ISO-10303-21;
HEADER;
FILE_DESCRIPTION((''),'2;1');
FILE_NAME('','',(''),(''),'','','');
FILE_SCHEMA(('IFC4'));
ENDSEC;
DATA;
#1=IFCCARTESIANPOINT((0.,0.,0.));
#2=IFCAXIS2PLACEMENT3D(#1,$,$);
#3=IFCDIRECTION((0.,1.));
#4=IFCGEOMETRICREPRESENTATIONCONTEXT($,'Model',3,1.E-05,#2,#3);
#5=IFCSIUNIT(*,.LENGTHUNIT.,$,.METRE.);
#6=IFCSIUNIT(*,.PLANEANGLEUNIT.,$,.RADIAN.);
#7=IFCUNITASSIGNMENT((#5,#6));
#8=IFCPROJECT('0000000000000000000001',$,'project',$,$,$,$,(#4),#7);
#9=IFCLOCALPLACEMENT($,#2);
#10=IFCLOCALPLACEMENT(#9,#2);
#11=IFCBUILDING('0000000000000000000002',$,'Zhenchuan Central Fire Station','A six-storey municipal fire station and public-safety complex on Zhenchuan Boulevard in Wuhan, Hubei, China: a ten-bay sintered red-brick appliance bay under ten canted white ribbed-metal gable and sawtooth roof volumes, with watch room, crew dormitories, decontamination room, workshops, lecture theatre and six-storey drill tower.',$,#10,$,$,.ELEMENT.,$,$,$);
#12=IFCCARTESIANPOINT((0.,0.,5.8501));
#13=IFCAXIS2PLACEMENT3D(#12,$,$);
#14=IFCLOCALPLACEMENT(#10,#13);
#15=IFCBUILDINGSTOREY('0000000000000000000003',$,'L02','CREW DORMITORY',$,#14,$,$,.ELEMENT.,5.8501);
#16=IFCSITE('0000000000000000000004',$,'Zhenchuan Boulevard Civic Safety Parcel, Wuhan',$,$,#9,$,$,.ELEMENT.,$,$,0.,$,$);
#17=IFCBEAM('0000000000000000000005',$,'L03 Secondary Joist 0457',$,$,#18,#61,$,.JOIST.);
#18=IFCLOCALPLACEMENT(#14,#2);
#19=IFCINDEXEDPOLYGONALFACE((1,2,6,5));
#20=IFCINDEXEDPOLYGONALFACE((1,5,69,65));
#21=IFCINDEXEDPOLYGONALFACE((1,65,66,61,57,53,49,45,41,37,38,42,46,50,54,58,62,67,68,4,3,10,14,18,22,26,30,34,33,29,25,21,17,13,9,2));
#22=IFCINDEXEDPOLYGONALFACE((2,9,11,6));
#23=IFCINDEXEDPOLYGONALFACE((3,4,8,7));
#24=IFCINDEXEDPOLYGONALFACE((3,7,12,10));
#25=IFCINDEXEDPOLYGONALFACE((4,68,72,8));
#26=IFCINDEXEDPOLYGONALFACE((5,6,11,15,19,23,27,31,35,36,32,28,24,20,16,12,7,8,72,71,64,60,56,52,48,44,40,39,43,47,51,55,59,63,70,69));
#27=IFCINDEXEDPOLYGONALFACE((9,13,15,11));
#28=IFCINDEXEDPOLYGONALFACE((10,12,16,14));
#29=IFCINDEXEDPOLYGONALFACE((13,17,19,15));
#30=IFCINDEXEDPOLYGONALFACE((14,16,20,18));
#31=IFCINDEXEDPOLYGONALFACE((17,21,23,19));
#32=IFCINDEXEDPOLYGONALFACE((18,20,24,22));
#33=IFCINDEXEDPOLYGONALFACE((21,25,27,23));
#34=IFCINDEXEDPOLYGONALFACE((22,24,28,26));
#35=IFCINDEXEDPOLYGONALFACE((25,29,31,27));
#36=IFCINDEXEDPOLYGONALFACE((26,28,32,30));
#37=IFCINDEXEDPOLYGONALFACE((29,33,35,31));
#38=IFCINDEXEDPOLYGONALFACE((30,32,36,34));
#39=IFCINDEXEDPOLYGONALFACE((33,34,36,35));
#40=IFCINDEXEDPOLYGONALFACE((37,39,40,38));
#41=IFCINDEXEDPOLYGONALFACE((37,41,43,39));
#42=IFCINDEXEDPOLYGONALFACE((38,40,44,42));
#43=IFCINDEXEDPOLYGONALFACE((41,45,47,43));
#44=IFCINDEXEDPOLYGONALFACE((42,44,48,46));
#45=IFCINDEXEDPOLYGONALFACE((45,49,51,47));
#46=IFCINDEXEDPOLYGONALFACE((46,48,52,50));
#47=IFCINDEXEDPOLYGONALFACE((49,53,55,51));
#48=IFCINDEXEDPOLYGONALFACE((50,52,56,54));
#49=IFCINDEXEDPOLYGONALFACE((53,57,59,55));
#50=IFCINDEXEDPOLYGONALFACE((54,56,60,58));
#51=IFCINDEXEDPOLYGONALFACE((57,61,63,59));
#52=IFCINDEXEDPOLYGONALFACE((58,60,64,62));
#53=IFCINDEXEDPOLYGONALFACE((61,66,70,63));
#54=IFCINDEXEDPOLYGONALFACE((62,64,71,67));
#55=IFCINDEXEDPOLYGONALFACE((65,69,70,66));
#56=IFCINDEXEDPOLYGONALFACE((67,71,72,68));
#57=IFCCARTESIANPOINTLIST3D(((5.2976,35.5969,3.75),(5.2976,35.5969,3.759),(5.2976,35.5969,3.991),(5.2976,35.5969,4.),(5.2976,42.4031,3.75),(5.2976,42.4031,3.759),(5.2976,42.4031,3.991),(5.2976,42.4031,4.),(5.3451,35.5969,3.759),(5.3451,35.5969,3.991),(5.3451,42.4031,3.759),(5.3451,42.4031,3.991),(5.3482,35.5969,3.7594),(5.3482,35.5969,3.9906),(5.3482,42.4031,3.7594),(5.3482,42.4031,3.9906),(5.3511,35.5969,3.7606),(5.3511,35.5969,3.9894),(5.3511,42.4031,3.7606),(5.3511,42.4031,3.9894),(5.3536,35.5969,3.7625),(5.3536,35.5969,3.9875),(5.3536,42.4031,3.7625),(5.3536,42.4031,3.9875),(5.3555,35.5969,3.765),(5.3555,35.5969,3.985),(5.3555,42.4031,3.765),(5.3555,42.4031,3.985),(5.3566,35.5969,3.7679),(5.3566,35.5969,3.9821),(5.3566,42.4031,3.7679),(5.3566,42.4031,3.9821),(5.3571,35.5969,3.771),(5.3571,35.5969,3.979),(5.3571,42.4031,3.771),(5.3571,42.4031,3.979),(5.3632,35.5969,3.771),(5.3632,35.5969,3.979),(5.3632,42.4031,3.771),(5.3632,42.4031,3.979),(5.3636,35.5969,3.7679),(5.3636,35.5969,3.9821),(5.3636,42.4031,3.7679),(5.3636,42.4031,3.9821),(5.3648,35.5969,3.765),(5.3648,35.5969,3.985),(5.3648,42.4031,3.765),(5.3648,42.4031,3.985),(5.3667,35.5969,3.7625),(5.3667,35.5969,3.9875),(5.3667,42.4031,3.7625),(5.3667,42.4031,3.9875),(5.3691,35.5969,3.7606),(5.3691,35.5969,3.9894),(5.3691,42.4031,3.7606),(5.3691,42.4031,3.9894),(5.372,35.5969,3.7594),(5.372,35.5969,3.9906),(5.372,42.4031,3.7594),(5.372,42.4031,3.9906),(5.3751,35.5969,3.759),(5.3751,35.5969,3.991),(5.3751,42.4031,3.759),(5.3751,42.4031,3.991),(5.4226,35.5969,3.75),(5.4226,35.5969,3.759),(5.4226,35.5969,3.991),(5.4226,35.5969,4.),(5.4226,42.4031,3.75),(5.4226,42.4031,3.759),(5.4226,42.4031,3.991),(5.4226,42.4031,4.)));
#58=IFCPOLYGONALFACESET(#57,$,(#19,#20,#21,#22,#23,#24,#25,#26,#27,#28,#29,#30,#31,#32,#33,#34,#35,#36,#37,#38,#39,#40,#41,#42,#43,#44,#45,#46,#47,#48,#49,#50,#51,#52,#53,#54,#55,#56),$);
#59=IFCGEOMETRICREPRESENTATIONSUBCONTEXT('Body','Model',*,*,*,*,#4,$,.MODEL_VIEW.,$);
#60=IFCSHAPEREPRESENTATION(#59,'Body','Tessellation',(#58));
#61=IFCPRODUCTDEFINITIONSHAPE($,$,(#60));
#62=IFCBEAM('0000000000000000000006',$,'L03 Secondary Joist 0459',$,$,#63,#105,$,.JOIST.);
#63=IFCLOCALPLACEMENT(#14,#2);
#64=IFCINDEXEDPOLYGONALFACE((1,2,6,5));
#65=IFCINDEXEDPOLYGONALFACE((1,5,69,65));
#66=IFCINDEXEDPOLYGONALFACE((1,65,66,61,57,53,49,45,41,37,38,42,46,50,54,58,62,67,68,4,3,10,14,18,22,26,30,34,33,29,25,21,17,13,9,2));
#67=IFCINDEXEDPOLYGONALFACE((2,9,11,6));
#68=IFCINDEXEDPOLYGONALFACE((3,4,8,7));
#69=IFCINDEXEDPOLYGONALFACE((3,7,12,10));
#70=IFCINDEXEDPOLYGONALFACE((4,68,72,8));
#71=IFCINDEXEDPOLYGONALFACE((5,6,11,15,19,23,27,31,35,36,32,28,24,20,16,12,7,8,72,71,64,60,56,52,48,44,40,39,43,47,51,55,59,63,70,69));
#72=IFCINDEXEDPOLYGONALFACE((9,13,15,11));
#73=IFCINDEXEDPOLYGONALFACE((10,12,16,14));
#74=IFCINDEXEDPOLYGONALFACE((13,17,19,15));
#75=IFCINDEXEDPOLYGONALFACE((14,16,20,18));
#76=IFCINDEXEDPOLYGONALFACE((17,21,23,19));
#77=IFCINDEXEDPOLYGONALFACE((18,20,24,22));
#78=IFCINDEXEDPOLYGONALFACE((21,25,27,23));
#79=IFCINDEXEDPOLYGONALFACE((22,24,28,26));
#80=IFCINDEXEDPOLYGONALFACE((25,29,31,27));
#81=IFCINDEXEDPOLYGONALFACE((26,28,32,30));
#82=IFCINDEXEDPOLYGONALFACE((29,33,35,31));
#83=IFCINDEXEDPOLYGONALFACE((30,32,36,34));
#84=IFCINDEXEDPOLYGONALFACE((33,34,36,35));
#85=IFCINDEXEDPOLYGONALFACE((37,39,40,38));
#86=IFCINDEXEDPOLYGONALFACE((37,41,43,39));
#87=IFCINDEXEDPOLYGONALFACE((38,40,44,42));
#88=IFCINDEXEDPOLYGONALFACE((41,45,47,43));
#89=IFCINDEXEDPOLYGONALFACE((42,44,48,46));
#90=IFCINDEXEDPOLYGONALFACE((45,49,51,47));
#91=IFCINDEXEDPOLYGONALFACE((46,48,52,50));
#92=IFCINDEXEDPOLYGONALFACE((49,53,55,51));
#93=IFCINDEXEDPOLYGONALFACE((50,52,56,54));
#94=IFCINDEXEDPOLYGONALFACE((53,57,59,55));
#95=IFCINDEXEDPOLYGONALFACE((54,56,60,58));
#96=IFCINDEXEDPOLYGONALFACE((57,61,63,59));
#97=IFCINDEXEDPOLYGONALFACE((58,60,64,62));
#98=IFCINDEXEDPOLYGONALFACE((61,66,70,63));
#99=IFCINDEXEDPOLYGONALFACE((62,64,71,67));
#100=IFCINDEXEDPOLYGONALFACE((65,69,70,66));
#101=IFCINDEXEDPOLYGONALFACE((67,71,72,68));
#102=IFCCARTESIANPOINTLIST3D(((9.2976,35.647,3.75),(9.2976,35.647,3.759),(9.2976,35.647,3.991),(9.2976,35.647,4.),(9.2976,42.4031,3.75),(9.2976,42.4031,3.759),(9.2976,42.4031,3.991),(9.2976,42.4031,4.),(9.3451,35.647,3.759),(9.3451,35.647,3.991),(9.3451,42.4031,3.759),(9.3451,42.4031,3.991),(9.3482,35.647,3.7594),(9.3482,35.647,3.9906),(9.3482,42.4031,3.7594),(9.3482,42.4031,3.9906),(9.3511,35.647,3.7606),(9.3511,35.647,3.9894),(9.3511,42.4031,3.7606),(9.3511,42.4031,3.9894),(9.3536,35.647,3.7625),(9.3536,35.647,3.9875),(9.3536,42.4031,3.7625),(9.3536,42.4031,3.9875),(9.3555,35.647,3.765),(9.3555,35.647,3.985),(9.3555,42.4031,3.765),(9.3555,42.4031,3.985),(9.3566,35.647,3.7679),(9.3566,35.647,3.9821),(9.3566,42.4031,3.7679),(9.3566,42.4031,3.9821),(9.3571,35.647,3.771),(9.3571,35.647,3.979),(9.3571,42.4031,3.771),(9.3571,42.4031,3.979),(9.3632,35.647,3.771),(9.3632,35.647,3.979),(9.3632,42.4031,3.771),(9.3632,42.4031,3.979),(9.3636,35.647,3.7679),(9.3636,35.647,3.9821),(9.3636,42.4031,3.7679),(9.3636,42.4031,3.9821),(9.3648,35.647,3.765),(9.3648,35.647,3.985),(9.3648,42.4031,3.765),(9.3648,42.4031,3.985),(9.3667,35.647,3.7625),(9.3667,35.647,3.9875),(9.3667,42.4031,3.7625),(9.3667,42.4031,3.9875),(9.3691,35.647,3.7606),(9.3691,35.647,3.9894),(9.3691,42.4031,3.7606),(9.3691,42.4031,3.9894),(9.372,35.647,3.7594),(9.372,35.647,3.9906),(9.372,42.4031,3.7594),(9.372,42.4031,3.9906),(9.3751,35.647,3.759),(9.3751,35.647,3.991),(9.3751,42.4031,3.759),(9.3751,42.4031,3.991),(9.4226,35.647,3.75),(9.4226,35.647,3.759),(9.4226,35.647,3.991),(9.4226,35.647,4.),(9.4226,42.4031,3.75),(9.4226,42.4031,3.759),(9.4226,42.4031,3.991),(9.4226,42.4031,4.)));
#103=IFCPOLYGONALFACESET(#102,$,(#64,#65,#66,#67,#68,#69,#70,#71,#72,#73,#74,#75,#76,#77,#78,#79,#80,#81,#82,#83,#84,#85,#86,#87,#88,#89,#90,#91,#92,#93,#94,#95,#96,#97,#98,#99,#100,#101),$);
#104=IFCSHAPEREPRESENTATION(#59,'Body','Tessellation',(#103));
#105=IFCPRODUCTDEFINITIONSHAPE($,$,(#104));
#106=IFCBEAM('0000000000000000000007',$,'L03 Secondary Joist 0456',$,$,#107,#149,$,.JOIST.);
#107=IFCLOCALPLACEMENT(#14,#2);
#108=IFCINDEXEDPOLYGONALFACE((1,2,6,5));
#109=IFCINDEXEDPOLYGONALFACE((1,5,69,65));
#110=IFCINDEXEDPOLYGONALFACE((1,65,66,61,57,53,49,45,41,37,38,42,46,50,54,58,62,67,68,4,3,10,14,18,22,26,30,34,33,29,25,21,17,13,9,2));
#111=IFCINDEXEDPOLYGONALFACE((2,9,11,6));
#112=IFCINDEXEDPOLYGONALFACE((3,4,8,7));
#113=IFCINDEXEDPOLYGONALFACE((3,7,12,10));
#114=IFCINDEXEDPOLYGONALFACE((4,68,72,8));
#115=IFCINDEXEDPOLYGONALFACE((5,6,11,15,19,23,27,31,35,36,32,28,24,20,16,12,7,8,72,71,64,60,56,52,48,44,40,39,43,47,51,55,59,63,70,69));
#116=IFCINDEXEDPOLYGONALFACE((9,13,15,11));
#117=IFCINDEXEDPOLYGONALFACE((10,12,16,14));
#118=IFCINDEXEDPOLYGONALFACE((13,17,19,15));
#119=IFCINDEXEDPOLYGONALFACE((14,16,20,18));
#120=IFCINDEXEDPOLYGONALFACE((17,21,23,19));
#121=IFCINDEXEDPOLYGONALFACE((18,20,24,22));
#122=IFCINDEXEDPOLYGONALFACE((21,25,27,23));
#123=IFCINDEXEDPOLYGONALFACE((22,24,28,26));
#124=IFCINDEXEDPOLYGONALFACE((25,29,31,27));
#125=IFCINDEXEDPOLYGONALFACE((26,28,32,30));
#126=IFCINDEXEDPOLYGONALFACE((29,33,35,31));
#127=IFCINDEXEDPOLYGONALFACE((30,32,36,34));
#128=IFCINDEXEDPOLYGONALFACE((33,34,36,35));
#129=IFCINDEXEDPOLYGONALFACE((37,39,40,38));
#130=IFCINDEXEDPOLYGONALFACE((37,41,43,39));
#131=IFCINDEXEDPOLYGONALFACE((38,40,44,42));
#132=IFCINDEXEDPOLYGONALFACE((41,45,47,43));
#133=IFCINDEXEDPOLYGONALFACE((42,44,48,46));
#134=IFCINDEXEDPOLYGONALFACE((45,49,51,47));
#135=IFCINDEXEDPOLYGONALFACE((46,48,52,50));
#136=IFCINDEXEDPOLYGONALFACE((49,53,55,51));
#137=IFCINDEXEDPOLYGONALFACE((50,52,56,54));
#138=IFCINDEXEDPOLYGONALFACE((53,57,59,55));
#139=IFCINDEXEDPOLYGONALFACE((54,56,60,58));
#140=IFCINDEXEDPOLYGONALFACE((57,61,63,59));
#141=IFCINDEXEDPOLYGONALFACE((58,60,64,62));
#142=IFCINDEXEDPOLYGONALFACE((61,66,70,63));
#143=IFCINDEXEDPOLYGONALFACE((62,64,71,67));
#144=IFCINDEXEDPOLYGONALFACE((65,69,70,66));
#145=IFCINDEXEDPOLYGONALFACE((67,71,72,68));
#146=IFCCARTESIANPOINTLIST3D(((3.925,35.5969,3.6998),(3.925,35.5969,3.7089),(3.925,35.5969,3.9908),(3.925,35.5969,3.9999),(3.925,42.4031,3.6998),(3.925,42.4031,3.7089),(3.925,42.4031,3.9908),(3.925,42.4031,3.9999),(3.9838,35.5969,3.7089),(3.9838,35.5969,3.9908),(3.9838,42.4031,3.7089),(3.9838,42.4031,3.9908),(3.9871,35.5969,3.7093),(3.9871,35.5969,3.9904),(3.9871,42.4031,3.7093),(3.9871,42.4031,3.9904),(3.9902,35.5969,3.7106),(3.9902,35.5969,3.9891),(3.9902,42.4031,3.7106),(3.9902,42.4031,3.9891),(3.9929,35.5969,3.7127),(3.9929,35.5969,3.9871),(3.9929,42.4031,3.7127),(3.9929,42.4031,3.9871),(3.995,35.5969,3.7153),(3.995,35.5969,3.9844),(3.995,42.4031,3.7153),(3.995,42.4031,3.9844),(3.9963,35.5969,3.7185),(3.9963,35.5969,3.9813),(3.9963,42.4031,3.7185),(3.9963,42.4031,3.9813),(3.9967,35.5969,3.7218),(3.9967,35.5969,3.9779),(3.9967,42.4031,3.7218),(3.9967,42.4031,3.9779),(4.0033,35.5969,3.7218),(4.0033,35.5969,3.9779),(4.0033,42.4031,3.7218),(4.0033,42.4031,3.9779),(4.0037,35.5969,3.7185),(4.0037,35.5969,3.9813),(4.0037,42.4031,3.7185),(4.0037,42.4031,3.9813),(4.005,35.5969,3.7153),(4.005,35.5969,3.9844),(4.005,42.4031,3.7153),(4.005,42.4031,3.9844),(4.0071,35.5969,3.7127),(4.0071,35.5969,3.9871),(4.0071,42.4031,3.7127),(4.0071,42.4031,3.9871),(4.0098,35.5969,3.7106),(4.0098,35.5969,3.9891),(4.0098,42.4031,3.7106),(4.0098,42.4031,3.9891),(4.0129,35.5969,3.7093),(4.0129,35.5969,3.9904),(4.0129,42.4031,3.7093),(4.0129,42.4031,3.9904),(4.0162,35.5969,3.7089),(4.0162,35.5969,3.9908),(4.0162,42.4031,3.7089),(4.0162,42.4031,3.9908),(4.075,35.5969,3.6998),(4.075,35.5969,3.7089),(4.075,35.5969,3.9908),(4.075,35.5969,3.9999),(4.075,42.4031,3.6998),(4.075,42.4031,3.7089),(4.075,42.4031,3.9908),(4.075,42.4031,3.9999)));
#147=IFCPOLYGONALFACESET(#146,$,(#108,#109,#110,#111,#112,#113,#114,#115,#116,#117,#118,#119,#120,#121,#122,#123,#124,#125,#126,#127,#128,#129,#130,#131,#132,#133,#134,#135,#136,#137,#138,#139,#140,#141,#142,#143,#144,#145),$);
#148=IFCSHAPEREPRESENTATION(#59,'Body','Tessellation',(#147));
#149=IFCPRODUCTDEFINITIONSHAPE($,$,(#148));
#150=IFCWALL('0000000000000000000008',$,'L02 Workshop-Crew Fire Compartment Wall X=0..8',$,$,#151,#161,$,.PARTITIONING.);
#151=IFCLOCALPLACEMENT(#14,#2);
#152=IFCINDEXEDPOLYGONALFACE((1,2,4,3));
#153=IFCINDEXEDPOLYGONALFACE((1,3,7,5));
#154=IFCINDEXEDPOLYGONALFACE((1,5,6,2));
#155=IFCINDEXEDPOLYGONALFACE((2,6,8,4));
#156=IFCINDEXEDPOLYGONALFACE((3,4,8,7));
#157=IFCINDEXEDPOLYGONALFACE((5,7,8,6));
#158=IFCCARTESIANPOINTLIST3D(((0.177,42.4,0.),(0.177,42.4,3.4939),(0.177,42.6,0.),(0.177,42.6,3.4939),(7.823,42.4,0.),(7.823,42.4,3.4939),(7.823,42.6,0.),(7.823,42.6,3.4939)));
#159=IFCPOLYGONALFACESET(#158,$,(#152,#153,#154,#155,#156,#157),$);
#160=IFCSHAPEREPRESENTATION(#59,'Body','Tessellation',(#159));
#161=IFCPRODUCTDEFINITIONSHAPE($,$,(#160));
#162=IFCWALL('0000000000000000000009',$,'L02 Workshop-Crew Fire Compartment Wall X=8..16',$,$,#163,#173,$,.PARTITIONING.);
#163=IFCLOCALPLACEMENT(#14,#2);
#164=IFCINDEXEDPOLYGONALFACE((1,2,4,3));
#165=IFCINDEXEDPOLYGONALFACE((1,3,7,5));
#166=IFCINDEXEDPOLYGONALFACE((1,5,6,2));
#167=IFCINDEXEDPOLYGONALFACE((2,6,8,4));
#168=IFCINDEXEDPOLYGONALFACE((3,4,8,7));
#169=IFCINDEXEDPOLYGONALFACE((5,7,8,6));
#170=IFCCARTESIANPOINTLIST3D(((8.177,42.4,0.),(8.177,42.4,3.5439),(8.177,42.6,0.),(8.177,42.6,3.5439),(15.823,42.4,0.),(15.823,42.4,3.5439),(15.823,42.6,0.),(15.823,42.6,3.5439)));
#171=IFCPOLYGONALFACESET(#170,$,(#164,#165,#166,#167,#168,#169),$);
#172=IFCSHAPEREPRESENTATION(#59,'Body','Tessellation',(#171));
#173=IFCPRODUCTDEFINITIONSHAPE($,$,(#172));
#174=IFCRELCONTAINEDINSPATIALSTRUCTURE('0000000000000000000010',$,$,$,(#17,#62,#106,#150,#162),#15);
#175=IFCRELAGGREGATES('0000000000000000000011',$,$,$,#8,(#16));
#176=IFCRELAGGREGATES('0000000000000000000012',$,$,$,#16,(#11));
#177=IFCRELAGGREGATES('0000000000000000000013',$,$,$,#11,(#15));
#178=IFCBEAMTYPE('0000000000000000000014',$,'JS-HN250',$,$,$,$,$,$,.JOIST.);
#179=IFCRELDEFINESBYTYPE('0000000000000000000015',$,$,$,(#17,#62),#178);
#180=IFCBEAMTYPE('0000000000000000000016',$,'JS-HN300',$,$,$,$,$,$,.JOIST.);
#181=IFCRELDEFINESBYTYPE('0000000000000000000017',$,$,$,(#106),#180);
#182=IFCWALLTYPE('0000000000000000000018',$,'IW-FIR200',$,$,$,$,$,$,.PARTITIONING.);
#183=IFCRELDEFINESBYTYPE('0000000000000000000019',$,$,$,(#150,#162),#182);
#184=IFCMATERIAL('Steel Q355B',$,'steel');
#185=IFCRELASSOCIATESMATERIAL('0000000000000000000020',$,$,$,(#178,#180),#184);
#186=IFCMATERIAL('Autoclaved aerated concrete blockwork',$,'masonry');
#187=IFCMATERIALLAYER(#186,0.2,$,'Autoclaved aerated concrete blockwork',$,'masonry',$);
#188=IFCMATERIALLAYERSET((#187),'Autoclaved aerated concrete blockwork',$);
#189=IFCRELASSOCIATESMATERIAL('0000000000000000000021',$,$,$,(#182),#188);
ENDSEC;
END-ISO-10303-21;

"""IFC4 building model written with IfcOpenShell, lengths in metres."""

from ifc_helpers import new_model, si_unit, direction, frame, frame_2d, origin, origin_2d, place, context, subcontext, project, spatial, rectangle, i_section, extrude, material, layer, layer_set, material_profile, profile_set, type_object, element, save


model = new_model("IFC4")

# Units and contexts
model_context = context("Model", 3, precision=1e-05, world=origin(), true_north=direction((0.0, 1.0)))
body_context = subcontext(model_context, "Body", "Model", "MODEL_VIEW")
ifc_project = project(units=[si_unit("LENGTHUNIT", "METRE"), si_unit("PLANEANGLEUNIT", "RADIAN")], contexts=[model_context])

# Site, building, storey
site_placement = place(None, origin())
site = spatial("IfcSite", under=ifc_project, at=site_placement, Name="Zhenchuan Boulevard Civic Safety Parcel, Wuhan", CompositionType="ELEMENT", RefElevation=0.0)
building_placement = place(site_placement, origin())
building = spatial("IfcBuilding", under=site, at=building_placement, Name="Zhenchuan Central Fire Station", Description="A six-storey municipal fire station and public-safety complex on Zhenchuan Boulevard in Wuhan, Hubei, China: a ten-bay sintered red-brick appliance bay under ten canted white ribbed-metal gable and sawtooth roof volumes, with watch room, crew dormitories, decontamination room, workshops, lecture theatre and six-storey drill tower.", CompositionType="ELEMENT")
storey_placement = place(building_placement, frame((0.0, 0.0, 5.8501)))
storey = spatial("IfcBuildingStorey", under=building, at=storey_placement, Name="L02", Description="CREW DORMITORY", CompositionType="ELEMENT", Elevation=5.8501)

# Shared definitions
ifc_material_1 = material(Name="Steel Q355B", Category="steel")

# Beams
ifc_material_profile_1 = material_profile(ifc_material_1, i_section(OverallWidth=0.125, OverallDepth=0.25, WebThickness=0.0061, FlangeThickness=0.009, FilletRadius=0.012, at=origin_2d()), Name="HN 250x125")
ifc_profile_set_1 = profile_set([ifc_material_profile_1], Name="Steel Q355B")
beam_type_1 = type_object("IfcBeamType", Name="JS-HN250", PredefinedType="JOIST", material=ifc_profile_set_1)
beam_1_placement = place(storey_placement, frame((5.3601, 35.5969, 3.875), z_axis=(0.0, 1.0, 0.0), x_axis=(-1.0, 0.0, 0.0)))
element("IfcBeam", 1, at=beam_1_placement, inside=storey, type_object=beam_type_1, Name="L03 Secondary Joist 0457", PredefinedType="JOIST", context=body_context, shape_type="SweptSolid", body=[
    extrude(i_section(OverallWidth=0.125, OverallDepth=0.25, WebThickness=0.0061, FlangeThickness=0.009, FilletRadius=0.012, at=origin_2d()), origin(), (0.0, 0.0, 1.0), 6.8062),
])
beam_2_placement = place(storey_placement, frame((9.3601, 35.647, 3.875), z_axis=(0.0, 1.0, 0.0), x_axis=(-1.0, 0.0, 0.0)))
element("IfcBeam", 2, at=beam_2_placement, inside=storey, type_object=beam_type_1, Name="L03 Secondary Joist 0459", PredefinedType="JOIST", context=body_context, shape_type="SweptSolid", body=[
    extrude(i_section(OverallWidth=0.125, OverallDepth=0.25, WebThickness=0.0061, FlangeThickness=0.009, FilletRadius=0.012, at=origin_2d()), origin(), (0.0, 0.0, 1.0), 6.7561),
])
ifc_material_profile_2 = material_profile(ifc_material_1, i_section(OverallWidth=0.1499, OverallDepth=0.3, WebThickness=0.0066, FlangeThickness=0.009, FilletRadius=0.0129, at=origin_2d()), Name="HN 300x150")
ifc_profile_set_2 = profile_set([ifc_material_profile_2], Name="Steel Q355B")
beam_type_2 = type_object("IfcBeamType", Name="JS-HN300", PredefinedType="JOIST", material=ifc_profile_set_2)
beam_3_placement = place(storey_placement, frame((4.0, 35.5969, 3.8499), z_axis=(0.0, 1.0, 0.0), x_axis=(-1.0, 0.0, 0.0)))
element("IfcBeam", 3, at=beam_3_placement, inside=storey, type_object=beam_type_2, Name="L03 Secondary Joist 0456", PredefinedType="JOIST", context=body_context, shape_type="SweptSolid", body=[
    extrude(i_section(OverallWidth=0.1499, OverallDepth=0.3, WebThickness=0.0066, FlangeThickness=0.009, FilletRadius=0.0129, at=origin_2d()), origin(), (0.0, 0.0, 1.0), 6.8062),
])

# Walls
ifc_material_2 = material(Name="Autoclaved aerated concrete blockwork", Category="masonry")
ifc_layer = layer(ifc_material_2, 0.2, Name="Autoclaved aerated concrete blockwork", Category="masonry")
ifc_layer_set = layer_set([ifc_layer], Name="Autoclaved aerated concrete blockwork")
wall_type = type_object("IfcWallType", Name="IW-FIR200", PredefinedType="PARTITIONING", material=ifc_layer_set)
wall_1_placement = place(storey_placement, frame((0.177, 42.5, 0.0), z_axis=(0.0, 0.0, 1.0), x_axis=(1.0, 0.0, 0.0)))
element("IfcWall", 4, at=wall_1_placement, inside=storey, type_object=wall_type, Name="L02 Workshop-Crew Fire Compartment Wall X=0..8", PredefinedType="PARTITIONING", context=body_context, shape_type="SweptSolid", body=[
    extrude(rectangle(XDim=7.646, YDim=0.2, at=frame_2d((3.823, 0.0))), origin(), (0.0, 0.0, 1.0), 3.4939),
])
wall_2_placement = place(storey_placement, frame((8.177, 42.5, 0.0), z_axis=(0.0, 0.0, 1.0), x_axis=(1.0, 0.0, 0.0)))
element("IfcWall", 5, at=wall_2_placement, inside=storey, type_object=wall_type, Name="L02 Workshop-Crew Fire Compartment Wall X=8..16", PredefinedType="PARTITIONING", context=body_context, shape_type="SweptSolid", body=[
    extrude(rectangle(XDim=7.646, YDim=0.2, at=frame_2d((3.823, 0.0))), origin(), (0.0, 0.0, 1.0), 3.5439),
])

save(model, "model.ifc")
